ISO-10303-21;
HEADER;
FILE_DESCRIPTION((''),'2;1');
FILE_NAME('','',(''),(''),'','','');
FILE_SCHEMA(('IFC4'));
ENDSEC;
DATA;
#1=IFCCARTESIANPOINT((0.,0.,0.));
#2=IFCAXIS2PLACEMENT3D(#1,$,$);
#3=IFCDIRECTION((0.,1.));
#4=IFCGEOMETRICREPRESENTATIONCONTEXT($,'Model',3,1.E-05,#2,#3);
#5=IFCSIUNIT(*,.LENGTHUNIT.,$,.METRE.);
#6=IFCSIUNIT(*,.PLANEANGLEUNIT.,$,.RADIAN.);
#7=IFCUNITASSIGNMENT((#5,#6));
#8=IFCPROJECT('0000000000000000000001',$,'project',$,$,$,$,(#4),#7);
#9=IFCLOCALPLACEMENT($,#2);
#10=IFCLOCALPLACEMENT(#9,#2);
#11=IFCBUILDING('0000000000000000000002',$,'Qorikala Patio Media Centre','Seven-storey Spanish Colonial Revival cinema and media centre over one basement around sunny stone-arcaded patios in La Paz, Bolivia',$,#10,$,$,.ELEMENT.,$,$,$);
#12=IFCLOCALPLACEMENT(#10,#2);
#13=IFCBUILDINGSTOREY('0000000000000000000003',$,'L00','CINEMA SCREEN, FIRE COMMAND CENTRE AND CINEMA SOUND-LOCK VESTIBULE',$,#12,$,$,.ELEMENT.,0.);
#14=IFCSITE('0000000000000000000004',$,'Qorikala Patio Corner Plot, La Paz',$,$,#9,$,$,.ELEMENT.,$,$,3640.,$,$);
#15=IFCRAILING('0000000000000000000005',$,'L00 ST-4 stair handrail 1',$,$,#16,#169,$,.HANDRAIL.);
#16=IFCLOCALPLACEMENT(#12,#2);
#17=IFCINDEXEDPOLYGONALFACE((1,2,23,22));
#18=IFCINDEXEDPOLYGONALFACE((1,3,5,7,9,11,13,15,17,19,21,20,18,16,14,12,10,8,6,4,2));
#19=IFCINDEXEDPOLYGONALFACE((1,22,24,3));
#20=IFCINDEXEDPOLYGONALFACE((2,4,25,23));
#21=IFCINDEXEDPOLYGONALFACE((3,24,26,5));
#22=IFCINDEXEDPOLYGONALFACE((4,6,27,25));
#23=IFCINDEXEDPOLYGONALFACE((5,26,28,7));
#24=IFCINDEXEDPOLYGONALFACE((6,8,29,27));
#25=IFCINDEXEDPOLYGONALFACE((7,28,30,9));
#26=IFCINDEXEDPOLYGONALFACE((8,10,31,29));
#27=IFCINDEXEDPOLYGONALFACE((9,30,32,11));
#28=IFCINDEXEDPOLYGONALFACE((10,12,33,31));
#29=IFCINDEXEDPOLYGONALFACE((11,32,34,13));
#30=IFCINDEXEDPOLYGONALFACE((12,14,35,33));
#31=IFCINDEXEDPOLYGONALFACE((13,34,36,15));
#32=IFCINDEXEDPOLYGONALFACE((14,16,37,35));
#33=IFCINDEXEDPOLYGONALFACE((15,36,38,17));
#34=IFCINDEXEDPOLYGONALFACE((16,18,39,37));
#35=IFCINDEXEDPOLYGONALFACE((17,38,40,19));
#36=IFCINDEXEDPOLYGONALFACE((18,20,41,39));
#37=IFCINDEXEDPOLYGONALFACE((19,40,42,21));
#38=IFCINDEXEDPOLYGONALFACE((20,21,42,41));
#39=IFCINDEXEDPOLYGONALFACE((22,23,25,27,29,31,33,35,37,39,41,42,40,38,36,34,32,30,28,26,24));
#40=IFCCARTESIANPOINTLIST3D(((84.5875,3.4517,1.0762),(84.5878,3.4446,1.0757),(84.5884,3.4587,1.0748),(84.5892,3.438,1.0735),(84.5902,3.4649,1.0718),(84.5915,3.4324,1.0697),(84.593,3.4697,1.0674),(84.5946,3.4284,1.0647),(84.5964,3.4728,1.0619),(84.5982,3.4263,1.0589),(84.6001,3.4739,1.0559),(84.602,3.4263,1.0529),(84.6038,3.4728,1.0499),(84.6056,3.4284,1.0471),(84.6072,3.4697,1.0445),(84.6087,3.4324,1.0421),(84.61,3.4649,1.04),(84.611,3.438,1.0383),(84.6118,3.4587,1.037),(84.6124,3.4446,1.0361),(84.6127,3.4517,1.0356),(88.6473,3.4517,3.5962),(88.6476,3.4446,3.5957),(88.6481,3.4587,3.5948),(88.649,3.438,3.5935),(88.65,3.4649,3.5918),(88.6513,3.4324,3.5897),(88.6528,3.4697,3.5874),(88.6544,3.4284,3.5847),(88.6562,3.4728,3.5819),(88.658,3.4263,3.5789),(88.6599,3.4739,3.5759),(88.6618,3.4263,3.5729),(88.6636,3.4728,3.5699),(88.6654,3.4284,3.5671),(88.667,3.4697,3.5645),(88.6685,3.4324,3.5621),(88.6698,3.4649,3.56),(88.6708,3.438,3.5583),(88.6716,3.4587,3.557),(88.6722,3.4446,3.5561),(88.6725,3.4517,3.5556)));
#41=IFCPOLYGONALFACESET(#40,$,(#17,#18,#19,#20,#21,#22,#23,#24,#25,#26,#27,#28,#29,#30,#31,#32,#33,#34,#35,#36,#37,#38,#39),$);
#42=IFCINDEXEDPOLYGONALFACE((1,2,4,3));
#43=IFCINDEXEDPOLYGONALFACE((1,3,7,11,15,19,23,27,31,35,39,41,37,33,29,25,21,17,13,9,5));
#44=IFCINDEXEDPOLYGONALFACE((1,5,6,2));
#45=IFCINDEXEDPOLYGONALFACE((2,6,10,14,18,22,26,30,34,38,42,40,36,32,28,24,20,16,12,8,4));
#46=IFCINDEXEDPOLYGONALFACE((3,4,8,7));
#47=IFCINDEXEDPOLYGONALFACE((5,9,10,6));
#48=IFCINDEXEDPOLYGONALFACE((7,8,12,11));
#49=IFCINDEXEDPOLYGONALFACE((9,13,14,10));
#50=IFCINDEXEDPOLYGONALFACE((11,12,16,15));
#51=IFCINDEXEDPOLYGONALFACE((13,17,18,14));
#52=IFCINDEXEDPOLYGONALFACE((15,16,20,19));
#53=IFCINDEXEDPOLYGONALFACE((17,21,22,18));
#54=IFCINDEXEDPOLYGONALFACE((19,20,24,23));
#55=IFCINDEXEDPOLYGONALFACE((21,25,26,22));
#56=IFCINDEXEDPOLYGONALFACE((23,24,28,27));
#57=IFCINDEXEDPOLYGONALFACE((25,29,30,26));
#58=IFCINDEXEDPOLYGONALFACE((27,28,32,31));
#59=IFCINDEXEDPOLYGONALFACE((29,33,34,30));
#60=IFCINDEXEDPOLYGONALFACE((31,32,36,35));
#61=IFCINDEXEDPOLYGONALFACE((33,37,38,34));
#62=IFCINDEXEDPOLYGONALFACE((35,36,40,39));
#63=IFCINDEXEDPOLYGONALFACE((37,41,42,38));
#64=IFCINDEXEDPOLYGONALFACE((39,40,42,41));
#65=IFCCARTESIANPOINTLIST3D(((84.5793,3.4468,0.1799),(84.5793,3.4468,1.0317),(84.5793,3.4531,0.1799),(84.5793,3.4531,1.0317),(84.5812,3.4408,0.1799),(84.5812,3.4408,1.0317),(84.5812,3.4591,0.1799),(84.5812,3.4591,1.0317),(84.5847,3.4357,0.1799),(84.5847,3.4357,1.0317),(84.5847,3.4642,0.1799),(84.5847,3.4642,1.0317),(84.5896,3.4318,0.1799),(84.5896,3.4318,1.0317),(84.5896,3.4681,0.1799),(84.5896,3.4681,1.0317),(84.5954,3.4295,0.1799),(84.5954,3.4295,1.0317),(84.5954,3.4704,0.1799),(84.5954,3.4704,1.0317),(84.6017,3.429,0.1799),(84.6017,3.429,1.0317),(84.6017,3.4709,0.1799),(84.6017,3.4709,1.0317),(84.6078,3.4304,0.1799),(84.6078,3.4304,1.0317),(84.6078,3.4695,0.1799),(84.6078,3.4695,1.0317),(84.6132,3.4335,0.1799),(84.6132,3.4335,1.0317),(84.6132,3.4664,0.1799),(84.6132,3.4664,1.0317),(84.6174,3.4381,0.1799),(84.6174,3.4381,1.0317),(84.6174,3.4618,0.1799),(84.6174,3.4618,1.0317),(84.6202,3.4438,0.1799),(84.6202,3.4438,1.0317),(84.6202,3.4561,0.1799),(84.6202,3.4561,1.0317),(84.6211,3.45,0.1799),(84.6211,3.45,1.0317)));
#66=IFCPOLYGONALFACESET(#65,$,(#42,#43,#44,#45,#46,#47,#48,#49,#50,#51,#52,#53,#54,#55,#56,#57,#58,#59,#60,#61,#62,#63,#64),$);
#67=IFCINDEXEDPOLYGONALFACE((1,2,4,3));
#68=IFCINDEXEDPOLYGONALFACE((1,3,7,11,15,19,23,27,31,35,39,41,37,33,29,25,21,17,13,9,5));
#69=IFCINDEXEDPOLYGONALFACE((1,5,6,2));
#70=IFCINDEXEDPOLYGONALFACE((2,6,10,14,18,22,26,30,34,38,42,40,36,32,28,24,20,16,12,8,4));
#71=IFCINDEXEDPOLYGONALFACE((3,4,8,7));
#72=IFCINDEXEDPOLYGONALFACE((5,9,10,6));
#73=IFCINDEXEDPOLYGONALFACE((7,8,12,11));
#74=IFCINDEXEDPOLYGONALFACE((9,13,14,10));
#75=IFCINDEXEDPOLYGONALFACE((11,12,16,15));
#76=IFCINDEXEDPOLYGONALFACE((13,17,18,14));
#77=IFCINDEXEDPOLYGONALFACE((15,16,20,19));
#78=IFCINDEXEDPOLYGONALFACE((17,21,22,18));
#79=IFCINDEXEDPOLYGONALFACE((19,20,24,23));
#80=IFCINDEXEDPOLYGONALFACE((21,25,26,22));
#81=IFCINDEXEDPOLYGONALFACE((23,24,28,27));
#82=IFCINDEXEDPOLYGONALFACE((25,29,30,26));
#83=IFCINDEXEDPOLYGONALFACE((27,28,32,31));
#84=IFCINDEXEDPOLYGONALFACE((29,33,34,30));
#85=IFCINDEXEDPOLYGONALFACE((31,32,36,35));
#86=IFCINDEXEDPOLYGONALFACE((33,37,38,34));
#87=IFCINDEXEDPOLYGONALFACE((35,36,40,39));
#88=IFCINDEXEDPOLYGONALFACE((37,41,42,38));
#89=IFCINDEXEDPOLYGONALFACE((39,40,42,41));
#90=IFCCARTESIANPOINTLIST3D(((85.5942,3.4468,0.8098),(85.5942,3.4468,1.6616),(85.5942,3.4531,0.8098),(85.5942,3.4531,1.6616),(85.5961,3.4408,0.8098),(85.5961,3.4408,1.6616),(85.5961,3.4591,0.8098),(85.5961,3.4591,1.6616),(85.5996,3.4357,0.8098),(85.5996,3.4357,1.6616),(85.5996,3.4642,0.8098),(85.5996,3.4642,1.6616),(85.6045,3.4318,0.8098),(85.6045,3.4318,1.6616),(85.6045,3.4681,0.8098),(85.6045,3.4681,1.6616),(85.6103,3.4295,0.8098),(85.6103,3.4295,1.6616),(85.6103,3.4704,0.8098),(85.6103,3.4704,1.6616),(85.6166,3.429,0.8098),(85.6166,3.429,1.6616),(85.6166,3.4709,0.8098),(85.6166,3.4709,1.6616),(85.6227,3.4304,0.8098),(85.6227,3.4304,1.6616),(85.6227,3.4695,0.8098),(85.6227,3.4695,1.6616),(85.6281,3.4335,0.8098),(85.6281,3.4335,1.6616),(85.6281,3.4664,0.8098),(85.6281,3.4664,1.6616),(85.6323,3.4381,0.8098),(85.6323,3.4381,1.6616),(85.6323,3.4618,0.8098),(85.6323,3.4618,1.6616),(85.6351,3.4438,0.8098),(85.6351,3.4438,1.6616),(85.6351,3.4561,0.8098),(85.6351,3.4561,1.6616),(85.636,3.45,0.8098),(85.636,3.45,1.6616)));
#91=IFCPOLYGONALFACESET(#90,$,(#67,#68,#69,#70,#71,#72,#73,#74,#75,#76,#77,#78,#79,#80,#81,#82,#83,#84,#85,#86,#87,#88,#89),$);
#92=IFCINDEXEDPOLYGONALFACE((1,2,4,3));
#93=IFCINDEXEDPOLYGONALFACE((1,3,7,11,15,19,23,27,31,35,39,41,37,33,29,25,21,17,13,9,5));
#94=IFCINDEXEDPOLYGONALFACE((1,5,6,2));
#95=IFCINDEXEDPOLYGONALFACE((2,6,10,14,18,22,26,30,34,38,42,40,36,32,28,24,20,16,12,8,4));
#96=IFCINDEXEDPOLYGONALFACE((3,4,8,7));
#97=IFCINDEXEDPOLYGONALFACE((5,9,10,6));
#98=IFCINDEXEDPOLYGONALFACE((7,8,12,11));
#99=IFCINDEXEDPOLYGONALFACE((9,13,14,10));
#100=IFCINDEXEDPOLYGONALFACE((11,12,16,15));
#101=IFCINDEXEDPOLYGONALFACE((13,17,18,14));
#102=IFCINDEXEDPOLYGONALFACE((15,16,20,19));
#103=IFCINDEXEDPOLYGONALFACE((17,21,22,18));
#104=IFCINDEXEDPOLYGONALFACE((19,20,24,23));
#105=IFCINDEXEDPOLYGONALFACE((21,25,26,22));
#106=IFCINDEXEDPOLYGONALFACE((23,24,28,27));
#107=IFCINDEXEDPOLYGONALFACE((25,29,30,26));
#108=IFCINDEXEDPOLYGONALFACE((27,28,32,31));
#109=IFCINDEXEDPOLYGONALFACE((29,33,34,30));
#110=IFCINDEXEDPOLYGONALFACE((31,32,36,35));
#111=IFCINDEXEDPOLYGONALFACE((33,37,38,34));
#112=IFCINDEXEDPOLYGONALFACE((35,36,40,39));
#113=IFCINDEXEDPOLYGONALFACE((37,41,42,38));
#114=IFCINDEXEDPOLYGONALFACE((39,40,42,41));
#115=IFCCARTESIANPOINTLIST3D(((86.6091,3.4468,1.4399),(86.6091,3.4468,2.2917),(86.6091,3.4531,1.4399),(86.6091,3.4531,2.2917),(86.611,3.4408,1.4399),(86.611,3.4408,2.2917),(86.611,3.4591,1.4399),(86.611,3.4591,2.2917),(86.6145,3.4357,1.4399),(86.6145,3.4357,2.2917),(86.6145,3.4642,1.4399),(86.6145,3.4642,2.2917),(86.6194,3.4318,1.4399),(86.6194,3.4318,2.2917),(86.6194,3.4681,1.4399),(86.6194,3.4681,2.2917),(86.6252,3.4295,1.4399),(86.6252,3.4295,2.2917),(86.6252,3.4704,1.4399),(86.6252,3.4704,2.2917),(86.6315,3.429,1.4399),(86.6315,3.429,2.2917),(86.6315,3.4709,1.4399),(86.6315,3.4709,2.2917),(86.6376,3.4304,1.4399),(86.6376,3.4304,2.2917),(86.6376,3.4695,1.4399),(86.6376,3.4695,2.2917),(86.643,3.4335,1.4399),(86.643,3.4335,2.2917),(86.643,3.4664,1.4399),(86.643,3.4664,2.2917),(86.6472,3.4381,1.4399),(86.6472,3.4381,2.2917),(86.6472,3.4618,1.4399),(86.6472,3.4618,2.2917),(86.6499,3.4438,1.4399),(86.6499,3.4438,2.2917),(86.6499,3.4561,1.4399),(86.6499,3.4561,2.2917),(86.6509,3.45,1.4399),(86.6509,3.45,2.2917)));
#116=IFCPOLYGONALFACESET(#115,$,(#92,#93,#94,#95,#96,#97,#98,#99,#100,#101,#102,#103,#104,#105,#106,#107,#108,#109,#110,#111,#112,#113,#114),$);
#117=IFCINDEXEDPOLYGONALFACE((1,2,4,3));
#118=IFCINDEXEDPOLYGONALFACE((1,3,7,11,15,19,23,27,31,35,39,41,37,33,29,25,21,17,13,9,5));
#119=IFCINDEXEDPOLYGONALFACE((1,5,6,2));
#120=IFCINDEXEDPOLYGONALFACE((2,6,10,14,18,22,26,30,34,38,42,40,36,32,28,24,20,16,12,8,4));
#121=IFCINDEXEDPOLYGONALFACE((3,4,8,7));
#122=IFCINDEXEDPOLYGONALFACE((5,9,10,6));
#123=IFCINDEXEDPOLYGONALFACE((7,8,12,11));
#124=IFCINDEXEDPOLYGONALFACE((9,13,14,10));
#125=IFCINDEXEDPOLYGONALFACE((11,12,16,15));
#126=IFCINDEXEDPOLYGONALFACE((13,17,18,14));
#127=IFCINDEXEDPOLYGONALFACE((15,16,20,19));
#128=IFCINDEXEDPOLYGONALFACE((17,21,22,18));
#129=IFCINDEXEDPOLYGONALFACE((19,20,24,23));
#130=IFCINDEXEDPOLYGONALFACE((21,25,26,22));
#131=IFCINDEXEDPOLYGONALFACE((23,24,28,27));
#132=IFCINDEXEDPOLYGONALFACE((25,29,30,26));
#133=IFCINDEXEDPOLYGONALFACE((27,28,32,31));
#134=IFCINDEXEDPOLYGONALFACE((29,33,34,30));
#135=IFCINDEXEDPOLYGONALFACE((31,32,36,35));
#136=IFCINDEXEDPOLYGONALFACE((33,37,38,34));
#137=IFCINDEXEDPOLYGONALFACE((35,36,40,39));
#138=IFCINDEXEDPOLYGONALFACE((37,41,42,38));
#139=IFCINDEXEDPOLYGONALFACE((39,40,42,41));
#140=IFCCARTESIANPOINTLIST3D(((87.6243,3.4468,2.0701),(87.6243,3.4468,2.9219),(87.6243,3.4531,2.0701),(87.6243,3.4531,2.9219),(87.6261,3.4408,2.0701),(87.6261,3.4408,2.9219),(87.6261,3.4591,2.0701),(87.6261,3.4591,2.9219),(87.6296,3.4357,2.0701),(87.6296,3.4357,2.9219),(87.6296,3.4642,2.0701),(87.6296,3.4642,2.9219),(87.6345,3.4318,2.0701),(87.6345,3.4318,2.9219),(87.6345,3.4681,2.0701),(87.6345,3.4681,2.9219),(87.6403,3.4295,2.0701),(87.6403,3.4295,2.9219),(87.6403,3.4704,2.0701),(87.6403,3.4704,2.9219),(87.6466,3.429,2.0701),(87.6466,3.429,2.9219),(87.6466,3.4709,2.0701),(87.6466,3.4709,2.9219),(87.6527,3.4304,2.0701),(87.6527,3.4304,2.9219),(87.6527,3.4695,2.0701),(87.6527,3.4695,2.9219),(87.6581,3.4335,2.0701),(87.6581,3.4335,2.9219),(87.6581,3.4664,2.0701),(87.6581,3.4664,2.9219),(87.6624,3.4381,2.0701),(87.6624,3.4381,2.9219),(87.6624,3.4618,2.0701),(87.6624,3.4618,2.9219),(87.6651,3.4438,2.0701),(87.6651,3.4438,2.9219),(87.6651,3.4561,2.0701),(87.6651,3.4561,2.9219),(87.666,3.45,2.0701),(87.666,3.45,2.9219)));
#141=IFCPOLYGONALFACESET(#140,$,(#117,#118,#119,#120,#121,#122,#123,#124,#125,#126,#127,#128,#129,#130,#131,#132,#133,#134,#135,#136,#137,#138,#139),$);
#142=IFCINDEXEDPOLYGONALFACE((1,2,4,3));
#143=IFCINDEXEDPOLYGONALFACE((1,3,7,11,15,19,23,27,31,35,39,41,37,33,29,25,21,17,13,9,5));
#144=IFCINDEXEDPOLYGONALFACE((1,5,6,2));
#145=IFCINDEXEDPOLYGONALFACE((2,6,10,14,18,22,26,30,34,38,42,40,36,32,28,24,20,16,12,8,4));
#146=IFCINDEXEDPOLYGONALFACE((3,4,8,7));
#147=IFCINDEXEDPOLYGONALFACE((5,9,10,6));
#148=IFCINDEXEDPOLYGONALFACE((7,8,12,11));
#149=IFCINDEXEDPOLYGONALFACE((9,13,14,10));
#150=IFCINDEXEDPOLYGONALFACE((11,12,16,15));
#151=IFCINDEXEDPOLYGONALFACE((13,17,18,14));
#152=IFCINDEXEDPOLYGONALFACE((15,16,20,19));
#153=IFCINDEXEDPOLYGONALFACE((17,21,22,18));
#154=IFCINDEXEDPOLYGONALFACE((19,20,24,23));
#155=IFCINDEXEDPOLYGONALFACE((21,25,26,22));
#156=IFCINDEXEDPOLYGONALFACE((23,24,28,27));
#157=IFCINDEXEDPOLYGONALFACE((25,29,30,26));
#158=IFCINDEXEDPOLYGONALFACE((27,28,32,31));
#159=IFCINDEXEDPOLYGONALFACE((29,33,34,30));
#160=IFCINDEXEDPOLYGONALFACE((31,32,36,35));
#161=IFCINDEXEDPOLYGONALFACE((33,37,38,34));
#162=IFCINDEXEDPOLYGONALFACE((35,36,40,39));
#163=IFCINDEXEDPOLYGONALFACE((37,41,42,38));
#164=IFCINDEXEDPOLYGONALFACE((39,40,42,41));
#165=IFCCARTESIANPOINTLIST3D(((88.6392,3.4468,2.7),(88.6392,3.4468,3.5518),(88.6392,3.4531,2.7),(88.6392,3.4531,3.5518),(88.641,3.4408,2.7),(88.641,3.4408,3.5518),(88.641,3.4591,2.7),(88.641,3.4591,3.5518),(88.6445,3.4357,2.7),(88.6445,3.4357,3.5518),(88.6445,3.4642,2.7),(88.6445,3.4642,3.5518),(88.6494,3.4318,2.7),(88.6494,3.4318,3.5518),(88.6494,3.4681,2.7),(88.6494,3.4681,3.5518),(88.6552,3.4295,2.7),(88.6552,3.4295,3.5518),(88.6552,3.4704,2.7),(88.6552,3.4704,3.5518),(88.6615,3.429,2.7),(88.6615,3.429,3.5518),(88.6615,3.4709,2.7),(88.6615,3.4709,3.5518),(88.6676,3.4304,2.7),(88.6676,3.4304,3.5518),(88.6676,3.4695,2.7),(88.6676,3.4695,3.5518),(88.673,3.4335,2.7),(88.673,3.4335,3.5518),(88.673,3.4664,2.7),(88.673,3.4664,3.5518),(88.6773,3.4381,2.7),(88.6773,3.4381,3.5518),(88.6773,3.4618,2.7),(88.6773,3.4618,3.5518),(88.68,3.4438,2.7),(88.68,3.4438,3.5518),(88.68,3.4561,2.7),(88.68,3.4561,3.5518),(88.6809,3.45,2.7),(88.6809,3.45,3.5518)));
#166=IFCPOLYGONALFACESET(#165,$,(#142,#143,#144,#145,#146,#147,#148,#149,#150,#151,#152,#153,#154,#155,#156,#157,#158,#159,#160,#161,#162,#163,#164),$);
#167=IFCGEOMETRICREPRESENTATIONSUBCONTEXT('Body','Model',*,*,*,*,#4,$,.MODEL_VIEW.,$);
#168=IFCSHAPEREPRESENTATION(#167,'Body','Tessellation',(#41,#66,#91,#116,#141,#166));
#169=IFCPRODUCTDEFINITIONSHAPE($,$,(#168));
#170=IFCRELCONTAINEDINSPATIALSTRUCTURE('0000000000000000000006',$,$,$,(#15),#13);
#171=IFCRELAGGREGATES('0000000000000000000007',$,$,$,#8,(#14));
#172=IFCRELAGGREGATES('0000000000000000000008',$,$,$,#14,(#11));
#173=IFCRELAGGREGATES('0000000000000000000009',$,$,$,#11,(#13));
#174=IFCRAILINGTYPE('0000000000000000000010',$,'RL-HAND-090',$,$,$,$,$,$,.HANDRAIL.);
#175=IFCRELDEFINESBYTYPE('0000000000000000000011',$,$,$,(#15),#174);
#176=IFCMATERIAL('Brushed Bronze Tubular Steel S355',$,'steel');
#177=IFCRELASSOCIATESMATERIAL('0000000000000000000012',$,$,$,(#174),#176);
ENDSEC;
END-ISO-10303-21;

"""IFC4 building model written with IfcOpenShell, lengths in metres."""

from ifc_helpers import new_model, si_unit, direction, frame, origin, origin_2d, place, context, subcontext, project, spatial, circle, extrude, material, type_object, element, save


model = new_model("IFC4")

# Units and contexts
model_context = context("Model", 3, precision=1e-05, world=origin(), true_north=direction((0.0, 1.0)))
body_context = subcontext(model_context, "Body", "Model", "MODEL_VIEW")
ifc_project = project(units=[si_unit("LENGTHUNIT", "METRE"), si_unit("PLANEANGLEUNIT", "RADIAN")], contexts=[model_context])

# Site, building, storey
site_placement = place(None, origin())
site = spatial("IfcSite", under=ifc_project, at=site_placement, Name="Qorikala Patio Corner Plot, La Paz", CompositionType="ELEMENT", RefElevation=3640.0)
building_placement = place(site_placement, origin())
building = spatial("IfcBuilding", under=site, at=building_placement, Name="Qorikala Patio Media Centre", Description="Seven-storey Spanish Colonial Revival cinema and media centre over one basement around sunny stone-arcaded patios in La Paz, Bolivia", CompositionType="ELEMENT")
storey_placement = place(building_placement, origin())
storey = spatial("IfcBuildingStorey", under=building, at=storey_placement, Name="L00", Description="CINEMA SCREEN, FIRE COMMAND CENTRE AND CINEMA SOUND-LOCK VESTIBULE", CompositionType="ELEMENT", Elevation=0.0)

# Railing
ifc_material_1 = material(Name="Brushed Bronze Tubular Steel S355", Category="steel")
railing_type_1 = type_object("IfcRailingType", Name="RL-HAND-090", PredefinedType="HANDRAIL", material=ifc_material_1)
railing_1_placement = place(storey_placement, frame((84.6001, 3.45, 0.1799)))
element("IfcRailing", 1, at=railing_1_placement, inside=storey, type_object=railing_type_1, Name="L00 ST-4 stair handrail 1", PredefinedType="HANDRAIL", context=body_context, shape_type="SweptSolid", body=[
    extrude(circle(Radius=0.0239, at=origin_2d()), frame((0.0, 0.0, 0.876), z_axis=(0.849628, 0.0, 0.527383), x_axis=(0.0, 1.0, 0.0)), (0.0, 0.0, 1.0), 4.7783),
    extrude(circle(Radius=0.021, at=origin_2d()), origin(), (0.0, 0.0, 1.0), 0.8518),
    extrude(circle(Radius=0.021, at=origin_2d()), frame((1.0149, 0.0, 0.6299)), (0.0, 0.0, 1.0), 0.8518),
    extrude(circle(Radius=0.021, at=origin_2d()), frame((2.0298, 0.0, 1.26)), (0.0, 0.0, 1.0), 0.8518),
    extrude(circle(Radius=0.021, at=origin_2d()), frame((3.0449, 0.0, 1.8901)), (0.0, 0.0, 1.0), 0.8518),
    extrude(circle(Radius=0.021, at=origin_2d()), frame((4.0598, 0.0, 2.52)), (0.0, 0.0, 1.0), 0.8518),
])

save(model, "model.ifc")
